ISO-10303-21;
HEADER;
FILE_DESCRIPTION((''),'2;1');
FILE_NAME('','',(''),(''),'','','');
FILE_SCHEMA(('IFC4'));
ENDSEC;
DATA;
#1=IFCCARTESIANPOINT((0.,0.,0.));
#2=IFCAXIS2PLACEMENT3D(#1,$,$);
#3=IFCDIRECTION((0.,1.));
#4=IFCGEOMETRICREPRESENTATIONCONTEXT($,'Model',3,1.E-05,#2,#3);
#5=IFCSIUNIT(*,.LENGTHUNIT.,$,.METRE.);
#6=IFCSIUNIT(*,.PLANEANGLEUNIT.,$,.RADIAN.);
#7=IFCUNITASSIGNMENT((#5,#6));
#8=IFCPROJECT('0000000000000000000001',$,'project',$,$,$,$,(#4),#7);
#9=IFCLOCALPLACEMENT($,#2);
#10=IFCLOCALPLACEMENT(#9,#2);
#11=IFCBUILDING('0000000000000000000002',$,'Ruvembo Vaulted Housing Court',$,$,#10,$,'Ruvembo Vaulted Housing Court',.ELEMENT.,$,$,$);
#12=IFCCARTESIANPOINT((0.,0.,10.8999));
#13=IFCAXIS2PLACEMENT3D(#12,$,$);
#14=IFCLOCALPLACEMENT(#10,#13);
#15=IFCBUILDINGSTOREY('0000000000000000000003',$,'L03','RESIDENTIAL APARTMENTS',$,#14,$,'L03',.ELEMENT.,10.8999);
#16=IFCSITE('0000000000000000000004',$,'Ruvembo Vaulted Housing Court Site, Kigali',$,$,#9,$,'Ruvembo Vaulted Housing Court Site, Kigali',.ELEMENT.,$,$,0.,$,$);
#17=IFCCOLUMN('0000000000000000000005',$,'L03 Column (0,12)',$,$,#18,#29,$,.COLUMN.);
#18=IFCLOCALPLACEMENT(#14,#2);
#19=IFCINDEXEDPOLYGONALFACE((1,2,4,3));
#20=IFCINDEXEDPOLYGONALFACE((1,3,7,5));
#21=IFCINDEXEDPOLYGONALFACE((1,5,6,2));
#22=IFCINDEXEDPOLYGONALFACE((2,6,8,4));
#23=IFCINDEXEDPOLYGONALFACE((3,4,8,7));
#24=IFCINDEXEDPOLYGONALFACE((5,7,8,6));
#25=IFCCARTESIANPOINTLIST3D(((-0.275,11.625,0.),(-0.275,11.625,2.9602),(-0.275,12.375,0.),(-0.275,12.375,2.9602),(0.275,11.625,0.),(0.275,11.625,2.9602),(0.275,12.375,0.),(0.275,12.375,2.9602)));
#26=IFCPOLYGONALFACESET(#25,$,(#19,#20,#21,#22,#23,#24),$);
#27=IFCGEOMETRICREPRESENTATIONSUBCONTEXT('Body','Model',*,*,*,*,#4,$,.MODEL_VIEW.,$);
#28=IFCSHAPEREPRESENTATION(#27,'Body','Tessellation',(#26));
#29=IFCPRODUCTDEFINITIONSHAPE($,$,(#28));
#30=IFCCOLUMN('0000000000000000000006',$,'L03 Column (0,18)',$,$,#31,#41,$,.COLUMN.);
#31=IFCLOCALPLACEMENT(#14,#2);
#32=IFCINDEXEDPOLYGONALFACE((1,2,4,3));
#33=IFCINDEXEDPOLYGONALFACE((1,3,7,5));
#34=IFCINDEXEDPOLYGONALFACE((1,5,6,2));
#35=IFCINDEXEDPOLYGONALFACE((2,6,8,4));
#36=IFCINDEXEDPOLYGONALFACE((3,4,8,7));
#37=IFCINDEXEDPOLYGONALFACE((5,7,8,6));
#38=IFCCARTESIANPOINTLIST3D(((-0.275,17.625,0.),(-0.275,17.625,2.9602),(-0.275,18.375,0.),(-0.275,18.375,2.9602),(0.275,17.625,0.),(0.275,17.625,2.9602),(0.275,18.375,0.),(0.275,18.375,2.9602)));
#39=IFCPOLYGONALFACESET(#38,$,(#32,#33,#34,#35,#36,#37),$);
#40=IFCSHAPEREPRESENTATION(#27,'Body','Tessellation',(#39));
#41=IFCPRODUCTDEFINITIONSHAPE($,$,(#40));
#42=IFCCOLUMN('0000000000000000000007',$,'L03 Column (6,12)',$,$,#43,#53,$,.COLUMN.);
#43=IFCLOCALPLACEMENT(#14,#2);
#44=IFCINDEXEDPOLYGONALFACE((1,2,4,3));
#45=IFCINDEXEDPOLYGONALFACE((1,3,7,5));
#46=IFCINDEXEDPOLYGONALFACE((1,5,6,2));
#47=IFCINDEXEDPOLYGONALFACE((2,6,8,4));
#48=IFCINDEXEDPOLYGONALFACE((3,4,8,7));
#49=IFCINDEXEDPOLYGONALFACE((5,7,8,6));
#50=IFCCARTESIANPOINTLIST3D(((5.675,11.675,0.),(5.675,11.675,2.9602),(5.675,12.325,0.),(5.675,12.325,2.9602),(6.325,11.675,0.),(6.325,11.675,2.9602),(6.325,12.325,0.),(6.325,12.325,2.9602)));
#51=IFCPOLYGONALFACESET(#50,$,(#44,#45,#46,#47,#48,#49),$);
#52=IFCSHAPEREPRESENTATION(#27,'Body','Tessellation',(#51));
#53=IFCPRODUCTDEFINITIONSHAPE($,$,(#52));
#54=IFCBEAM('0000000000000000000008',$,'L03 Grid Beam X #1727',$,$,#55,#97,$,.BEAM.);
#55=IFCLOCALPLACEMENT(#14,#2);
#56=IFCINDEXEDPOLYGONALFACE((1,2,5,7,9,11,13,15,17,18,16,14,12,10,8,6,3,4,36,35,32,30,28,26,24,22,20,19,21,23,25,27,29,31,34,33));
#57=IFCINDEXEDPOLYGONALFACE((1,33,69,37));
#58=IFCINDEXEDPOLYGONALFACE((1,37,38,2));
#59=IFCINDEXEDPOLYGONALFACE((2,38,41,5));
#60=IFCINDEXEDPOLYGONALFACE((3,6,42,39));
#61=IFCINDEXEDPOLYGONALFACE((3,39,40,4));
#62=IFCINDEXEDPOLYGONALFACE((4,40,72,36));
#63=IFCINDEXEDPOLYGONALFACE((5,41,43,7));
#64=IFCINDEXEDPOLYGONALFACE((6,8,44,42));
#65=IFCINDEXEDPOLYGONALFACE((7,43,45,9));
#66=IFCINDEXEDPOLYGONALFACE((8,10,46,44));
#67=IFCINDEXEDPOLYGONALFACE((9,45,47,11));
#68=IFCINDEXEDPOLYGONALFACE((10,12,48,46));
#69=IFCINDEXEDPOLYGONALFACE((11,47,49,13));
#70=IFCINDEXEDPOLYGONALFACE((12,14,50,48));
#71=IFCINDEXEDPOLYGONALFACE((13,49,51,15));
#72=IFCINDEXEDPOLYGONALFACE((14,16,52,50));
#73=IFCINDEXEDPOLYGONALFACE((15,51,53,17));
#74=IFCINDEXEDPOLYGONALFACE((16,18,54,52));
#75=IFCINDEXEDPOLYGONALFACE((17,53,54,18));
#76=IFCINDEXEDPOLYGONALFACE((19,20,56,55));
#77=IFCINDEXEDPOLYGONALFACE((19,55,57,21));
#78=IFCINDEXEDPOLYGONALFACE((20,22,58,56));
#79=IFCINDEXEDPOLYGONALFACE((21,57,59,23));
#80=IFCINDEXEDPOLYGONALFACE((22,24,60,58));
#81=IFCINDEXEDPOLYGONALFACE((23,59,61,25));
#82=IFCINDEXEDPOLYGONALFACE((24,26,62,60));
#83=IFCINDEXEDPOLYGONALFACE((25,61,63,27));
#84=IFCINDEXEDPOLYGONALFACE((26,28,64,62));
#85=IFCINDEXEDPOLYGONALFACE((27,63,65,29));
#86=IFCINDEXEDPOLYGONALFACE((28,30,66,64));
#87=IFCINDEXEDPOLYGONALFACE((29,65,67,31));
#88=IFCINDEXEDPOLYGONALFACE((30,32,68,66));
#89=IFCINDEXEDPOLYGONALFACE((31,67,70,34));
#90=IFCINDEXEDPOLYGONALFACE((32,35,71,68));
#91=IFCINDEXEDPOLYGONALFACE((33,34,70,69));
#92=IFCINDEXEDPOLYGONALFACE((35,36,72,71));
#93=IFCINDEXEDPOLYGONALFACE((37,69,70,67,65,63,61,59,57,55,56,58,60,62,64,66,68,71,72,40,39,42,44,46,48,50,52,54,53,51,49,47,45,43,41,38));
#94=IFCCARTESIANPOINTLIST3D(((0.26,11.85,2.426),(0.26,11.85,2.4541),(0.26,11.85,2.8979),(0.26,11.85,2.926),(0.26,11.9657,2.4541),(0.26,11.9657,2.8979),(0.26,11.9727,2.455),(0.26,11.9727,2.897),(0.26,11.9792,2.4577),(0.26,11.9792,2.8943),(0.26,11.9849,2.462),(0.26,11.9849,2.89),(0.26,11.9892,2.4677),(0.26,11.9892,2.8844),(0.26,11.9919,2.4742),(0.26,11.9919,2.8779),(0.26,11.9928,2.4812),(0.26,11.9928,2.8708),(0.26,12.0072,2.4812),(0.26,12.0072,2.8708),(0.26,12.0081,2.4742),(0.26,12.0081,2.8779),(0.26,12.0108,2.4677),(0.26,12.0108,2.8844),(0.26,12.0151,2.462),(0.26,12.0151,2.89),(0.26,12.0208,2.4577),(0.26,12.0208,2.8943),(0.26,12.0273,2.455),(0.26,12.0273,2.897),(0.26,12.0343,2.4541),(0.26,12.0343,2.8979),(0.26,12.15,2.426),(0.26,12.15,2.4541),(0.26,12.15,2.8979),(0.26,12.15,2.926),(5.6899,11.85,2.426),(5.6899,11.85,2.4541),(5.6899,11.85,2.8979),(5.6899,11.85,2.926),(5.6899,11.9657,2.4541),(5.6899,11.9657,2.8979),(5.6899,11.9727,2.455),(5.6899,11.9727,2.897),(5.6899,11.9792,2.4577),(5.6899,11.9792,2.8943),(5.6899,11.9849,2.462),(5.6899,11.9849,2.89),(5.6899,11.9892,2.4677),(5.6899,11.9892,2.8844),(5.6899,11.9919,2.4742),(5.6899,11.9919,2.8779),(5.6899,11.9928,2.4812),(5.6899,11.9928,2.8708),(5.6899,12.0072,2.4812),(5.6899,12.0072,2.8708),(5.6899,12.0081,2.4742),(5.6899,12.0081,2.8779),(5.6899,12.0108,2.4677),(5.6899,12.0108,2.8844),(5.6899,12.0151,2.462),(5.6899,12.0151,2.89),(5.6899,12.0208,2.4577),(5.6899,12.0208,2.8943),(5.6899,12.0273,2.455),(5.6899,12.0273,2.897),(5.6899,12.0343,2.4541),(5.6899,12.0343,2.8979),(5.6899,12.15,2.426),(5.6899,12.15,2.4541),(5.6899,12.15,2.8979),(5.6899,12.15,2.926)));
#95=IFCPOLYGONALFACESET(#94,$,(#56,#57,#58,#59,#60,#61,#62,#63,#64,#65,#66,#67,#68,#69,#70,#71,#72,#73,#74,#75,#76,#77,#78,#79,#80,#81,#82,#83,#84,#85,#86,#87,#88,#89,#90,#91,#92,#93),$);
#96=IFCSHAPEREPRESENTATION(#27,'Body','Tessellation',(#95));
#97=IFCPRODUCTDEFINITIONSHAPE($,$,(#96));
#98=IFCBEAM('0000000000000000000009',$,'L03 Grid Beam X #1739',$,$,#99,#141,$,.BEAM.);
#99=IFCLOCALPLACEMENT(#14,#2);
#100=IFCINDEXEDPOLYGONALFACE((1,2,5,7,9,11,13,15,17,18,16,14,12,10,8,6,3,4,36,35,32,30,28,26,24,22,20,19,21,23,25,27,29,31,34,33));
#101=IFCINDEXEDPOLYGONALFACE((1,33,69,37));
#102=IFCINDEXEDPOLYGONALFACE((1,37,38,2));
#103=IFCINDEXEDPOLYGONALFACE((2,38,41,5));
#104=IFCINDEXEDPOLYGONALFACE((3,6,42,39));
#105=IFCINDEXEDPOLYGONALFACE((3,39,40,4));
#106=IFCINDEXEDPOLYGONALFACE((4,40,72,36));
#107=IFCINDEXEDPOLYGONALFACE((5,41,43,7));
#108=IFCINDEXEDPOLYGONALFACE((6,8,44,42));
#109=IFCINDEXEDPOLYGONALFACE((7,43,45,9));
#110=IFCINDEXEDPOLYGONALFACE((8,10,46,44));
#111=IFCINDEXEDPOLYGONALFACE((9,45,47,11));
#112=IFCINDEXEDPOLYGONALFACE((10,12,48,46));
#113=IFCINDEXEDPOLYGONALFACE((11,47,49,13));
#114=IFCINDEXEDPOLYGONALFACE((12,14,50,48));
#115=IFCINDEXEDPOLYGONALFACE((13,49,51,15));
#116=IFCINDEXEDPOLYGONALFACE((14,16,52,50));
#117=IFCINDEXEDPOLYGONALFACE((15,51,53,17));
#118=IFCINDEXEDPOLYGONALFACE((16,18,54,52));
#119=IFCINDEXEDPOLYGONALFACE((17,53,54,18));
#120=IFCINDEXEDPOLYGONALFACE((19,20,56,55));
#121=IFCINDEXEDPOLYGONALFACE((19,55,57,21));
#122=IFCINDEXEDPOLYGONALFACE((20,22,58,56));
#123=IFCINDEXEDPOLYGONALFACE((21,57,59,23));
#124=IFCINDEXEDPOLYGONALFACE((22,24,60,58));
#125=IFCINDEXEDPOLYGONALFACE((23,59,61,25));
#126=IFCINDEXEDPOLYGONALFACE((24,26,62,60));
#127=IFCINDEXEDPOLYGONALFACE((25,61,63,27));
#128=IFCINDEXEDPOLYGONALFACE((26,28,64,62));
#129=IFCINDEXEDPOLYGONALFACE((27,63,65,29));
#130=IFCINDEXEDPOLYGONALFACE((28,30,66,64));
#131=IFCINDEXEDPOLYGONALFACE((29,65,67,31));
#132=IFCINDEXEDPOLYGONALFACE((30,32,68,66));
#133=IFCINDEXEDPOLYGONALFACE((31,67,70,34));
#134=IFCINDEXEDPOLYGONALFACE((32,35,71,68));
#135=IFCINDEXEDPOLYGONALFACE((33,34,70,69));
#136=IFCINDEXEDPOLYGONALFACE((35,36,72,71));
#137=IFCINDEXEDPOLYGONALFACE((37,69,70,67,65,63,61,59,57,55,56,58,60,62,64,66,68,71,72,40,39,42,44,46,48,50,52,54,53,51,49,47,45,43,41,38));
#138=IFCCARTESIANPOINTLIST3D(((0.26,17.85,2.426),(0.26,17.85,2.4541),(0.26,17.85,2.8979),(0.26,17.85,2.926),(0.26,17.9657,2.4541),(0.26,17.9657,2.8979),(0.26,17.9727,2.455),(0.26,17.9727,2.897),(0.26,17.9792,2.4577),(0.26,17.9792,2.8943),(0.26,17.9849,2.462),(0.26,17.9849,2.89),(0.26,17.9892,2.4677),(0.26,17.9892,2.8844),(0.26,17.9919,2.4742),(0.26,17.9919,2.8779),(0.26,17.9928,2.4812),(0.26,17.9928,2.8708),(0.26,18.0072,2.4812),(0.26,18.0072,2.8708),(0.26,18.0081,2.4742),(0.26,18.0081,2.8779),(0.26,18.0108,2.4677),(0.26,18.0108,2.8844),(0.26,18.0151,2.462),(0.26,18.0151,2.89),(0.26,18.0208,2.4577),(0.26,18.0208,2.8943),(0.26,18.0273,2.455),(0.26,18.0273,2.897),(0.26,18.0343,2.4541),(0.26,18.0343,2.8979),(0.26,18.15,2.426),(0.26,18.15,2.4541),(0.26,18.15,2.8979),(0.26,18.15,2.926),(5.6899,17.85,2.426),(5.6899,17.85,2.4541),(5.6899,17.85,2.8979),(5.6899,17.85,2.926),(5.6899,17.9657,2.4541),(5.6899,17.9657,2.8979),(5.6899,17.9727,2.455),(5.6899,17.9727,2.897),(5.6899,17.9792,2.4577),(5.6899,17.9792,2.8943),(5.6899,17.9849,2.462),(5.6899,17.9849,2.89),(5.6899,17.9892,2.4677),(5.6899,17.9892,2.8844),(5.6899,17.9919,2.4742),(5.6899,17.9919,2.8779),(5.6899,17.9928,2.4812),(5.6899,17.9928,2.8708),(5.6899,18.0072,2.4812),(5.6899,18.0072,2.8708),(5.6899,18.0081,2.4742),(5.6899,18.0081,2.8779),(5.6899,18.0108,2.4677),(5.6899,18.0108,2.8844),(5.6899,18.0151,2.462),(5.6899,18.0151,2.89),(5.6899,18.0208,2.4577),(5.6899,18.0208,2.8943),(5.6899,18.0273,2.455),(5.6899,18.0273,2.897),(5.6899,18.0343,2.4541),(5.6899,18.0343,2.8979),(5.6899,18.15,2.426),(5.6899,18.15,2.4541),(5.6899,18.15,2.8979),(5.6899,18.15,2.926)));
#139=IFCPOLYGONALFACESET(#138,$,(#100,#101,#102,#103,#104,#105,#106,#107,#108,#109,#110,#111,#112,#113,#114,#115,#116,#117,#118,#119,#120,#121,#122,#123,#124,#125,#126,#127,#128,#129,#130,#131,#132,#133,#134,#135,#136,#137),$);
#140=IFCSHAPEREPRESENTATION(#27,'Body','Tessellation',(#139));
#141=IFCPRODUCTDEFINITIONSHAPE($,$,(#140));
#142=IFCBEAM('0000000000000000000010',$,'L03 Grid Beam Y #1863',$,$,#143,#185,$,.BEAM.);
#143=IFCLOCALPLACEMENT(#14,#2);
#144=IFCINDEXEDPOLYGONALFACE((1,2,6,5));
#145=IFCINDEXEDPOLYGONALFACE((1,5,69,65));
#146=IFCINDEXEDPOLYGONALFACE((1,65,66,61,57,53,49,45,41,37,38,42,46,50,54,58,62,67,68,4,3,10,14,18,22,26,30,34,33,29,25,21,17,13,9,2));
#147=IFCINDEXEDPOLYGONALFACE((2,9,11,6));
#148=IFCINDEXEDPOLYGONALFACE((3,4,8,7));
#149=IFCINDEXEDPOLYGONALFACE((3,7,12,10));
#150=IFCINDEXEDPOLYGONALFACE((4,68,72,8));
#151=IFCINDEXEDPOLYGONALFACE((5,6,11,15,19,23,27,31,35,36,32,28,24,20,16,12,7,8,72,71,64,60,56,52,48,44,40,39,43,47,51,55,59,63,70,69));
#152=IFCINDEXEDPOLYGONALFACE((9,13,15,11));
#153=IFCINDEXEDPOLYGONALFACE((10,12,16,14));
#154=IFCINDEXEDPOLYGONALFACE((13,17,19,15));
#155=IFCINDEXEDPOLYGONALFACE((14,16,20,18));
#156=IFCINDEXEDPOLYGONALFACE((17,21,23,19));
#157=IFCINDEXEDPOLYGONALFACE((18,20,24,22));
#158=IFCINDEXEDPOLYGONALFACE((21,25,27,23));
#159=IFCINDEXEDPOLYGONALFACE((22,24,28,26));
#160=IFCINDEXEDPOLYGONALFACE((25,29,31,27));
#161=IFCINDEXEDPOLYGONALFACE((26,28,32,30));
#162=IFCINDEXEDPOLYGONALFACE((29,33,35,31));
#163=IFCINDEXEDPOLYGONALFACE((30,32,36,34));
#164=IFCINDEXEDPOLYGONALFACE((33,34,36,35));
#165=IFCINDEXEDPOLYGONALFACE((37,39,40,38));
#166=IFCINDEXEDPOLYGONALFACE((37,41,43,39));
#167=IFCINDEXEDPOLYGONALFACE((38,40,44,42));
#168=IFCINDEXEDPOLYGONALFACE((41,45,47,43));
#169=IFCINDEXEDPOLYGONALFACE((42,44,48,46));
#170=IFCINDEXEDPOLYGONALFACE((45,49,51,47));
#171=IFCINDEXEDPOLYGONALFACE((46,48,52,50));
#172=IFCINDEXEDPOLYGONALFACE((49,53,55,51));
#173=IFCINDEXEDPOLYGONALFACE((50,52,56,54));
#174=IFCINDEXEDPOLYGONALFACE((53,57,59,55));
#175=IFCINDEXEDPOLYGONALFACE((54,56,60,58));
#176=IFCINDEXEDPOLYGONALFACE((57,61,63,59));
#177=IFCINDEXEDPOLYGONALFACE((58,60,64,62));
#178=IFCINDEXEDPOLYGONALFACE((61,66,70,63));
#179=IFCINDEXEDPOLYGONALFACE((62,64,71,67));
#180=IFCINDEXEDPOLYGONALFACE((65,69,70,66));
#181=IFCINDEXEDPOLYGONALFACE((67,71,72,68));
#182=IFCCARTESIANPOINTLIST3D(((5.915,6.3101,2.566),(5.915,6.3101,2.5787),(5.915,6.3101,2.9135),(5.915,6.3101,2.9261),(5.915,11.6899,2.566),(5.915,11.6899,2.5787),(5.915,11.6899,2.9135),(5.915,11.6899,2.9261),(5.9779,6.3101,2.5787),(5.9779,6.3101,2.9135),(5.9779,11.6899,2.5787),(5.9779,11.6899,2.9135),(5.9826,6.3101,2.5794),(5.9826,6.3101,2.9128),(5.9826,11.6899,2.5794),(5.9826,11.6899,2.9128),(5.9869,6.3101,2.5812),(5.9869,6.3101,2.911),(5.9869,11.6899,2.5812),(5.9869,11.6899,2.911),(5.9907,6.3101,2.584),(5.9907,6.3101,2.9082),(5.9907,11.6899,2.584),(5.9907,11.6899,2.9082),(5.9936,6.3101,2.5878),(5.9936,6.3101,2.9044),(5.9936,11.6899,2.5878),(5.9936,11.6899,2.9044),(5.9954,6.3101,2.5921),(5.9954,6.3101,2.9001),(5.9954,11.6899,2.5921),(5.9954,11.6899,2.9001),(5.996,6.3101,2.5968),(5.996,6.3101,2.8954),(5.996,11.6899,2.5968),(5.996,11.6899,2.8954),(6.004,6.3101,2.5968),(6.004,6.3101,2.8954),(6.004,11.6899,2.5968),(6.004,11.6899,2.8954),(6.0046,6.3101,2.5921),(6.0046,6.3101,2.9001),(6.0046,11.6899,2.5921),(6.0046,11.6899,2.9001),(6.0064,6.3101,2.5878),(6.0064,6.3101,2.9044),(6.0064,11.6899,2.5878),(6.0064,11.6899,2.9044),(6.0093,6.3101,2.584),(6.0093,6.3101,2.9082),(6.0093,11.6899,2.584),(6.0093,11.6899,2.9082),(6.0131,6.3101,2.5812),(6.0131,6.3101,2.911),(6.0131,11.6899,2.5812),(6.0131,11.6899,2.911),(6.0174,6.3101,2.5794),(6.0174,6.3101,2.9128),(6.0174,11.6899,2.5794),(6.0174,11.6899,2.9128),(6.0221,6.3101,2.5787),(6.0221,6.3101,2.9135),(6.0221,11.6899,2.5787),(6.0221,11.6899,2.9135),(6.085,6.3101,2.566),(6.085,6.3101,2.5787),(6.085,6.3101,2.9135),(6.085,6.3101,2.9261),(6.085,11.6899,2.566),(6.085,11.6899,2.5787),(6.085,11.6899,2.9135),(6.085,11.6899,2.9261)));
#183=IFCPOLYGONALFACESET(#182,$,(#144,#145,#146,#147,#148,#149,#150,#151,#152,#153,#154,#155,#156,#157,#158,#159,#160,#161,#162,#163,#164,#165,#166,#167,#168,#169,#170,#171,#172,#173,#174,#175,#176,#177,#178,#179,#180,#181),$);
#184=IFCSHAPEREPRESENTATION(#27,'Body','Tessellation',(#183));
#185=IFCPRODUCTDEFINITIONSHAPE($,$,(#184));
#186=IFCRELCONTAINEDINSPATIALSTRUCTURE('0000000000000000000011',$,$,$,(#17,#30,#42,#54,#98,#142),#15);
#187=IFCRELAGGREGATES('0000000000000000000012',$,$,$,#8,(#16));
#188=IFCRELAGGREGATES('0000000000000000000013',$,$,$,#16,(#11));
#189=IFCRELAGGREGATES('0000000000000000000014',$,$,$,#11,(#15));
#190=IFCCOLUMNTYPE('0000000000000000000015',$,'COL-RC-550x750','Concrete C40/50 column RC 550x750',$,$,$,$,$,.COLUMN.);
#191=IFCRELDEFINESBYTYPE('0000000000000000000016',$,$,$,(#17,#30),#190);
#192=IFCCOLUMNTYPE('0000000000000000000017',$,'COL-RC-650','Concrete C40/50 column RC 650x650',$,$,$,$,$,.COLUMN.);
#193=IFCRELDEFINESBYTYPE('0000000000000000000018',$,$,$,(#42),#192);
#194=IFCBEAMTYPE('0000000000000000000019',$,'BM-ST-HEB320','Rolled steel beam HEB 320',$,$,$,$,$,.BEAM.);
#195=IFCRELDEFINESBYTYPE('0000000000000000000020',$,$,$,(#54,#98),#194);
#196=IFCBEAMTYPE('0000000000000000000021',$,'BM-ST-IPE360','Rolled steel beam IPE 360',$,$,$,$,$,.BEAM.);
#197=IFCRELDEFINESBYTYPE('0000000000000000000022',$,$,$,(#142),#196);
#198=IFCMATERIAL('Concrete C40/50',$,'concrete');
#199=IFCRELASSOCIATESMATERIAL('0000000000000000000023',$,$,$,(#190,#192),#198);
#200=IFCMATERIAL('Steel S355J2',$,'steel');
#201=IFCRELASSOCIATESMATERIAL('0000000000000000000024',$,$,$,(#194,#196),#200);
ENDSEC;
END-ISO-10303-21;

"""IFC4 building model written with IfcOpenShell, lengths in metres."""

from ifc_helpers import new_model, si_unit, direction, frame, origin, origin_2d, place, context, subcontext, project, spatial, rectangle, i_section, extrude, material, material_profile, profile_set, type_object, element, save


model = new_model("IFC4")

# Units and contexts
model_context = context("Model", 3, precision=1e-05, world=origin(), true_north=direction((0.0, 1.0)))
body_context = subcontext(model_context, "Body", "Model", "MODEL_VIEW")
ifc_project = project(units=[si_unit("LENGTHUNIT", "METRE"), si_unit("PLANEANGLEUNIT", "RADIAN")], contexts=[model_context])

# Site, building, storey
site_placement = place(None, origin())
site = spatial("IfcSite", under=ifc_project, at=site_placement, Name="Ruvembo Vaulted Housing Court Site, Kigali", LongName="Ruvembo Vaulted Housing Court Site, Kigali", CompositionType="ELEMENT", RefElevation=0.0)
building_placement = place(site_placement, origin())
building = spatial("IfcBuilding", under=site, at=building_placement, Name="Ruvembo Vaulted Housing Court", LongName="Ruvembo Vaulted Housing Court", CompositionType="ELEMENT")
storey_placement = place(building_placement, frame((0.0, 0.0, 10.8999)))
storey = spatial("IfcBuildingStorey", under=building, at=storey_placement, Name="L03", Description="RESIDENTIAL APARTMENTS", LongName="L03", CompositionType="ELEMENT", Elevation=10.8999)

# Columns
ifc_material_1 = material(Name="Concrete C40/50", Category="concrete")
ifc_material_profile_1 = material_profile(ifc_material_1, rectangle(XDim=0.55, YDim=0.75, at=origin_2d()), Name="RC 550x750")
ifc_profile_set_1 = profile_set([ifc_material_profile_1], Name="Concrete C40/50")
column_type_1 = type_object("IfcColumnType", Name="COL-RC-550x750", Description="Concrete C40/50 column RC 550x750", PredefinedType="COLUMN", material=ifc_profile_set_1)
for number, where, z_axis, x_axis, name in (
    (1, (0.0, 12.0, 0.0), (0.0, 0.0, 1.0), (1.0, 0.0, 0.0), "L03 Column (0,12)"),
    (2, (0.0, 18.0, 0.0), (0.0, 0.0, 1.0), (1.0, 0.0, 0.0), "L03 Column (0,18)"),
):
    element("IfcColumn", number, at=place(storey_placement, frame(where, z_axis=z_axis, x_axis=x_axis)), inside=storey, type_object=column_type_1, Name=name, PredefinedType="COLUMN", context=body_context, shape_type="SweptSolid", body=[
        extrude(rectangle(XDim=0.55, YDim=0.75, at=origin_2d()), origin(), (0.0, 0.0, 1.0), 2.9602),
    ])
ifc_material_profile_2 = material_profile(ifc_material_1, rectangle(XDim=0.6499, YDim=0.6499, at=origin_2d()), Name="RC 650x650")
ifc_profile_set_2 = profile_set([ifc_material_profile_2], Name="Concrete C40/50")
column_type_2 = type_object("IfcColumnType", Name="COL-RC-650", Description="Concrete C40/50 column RC 650x650", PredefinedType="COLUMN", material=ifc_profile_set_2)
column_placement = place(storey_placement, frame((6.0, 12.0, 0.0), z_axis=(0.0, 0.0, 1.0), x_axis=(1.0, 0.0, 0.0)))
element("IfcColumn", 3, at=column_placement, inside=storey, type_object=column_type_2, Name="L03 Column (6,12)", PredefinedType="COLUMN", context=body_context, shape_type="SweptSolid", body=[
    extrude(rectangle(XDim=0.6499, YDim=0.6499, at=origin_2d()), origin(), (0.0, 0.0, 1.0), 2.9602),
])

# Beams
ifc_material_2 = material(Name="Steel S355J2", Category="steel")
ifc_material_profile_3 = material_profile(ifc_material_2, i_section(OverallWidth=0.3, OverallDepth=0.5, WebThickness=0.0144, FlangeThickness=0.0281, FilletRadius=0.0271, at=origin_2d()), Name="HEB 320")
ifc_profile_set_3 = profile_set([ifc_material_profile_3], Name="Steel S355J2")
beam_type_1 = type_object("IfcBeamType", Name="BM-ST-HEB320", Description="Rolled steel beam HEB 320", PredefinedType="BEAM", material=ifc_profile_set_3)
for number, where, z_axis, x_axis, name in (
    (4, (0.26, 12.0, 2.676), (1.0, 0.0, 0.0), (0.0, 1.0, 0.0), "L03 Grid Beam X #1727"),
    (5, (0.26, 18.0, 2.676), (1.0, 0.0, 0.0), (0.0, 1.0, 0.0), "L03 Grid Beam X #1739"),
):
    element("IfcBeam", number, at=place(storey_placement, frame(where, z_axis=z_axis, x_axis=x_axis)), inside=storey, type_object=beam_type_1, Name=name, PredefinedType="BEAM", context=body_context, shape_type="SweptSolid", body=[
        extrude(i_section(OverallWidth=0.3, OverallDepth=0.5, WebThickness=0.0144, FlangeThickness=0.0281, FilletRadius=0.0271, at=origin_2d()), origin(), (0.0, 0.0, 1.0), 5.4299),
    ])
ifc_material_profile_4 = material_profile(ifc_material_2, i_section(OverallWidth=0.1699, OverallDepth=0.3601, WebThickness=0.0081, FlangeThickness=0.0127, FilletRadius=0.0181, at=origin_2d()), Name="IPE 360")
ifc_profile_set_4 = profile_set([ifc_material_profile_4], Name="Steel S355J2")
beam_type_2 = type_object("IfcBeamType", Name="BM-ST-IPE360", Description="Rolled steel beam IPE 360", PredefinedType="BEAM", material=ifc_profile_set_4)
beam_1_placement = place(storey_placement, frame((6.0, 6.3101, 2.7461), z_axis=(0.0, 1.0, 0.0), x_axis=(-1.0, 0.0, 0.0)))
element("IfcBeam", 6, at=beam_1_placement, inside=storey, type_object=beam_type_2, Name="L03 Grid Beam Y #1863", PredefinedType="BEAM", context=body_context, shape_type="SweptSolid", body=[
    extrude(i_section(OverallWidth=0.1699, OverallDepth=0.3601, WebThickness=0.0081, FlangeThickness=0.0127, FilletRadius=0.0181, at=origin_2d()), origin(), (0.0, 0.0, 1.0), 5.3799),
])

save(model, "model.ifc")
